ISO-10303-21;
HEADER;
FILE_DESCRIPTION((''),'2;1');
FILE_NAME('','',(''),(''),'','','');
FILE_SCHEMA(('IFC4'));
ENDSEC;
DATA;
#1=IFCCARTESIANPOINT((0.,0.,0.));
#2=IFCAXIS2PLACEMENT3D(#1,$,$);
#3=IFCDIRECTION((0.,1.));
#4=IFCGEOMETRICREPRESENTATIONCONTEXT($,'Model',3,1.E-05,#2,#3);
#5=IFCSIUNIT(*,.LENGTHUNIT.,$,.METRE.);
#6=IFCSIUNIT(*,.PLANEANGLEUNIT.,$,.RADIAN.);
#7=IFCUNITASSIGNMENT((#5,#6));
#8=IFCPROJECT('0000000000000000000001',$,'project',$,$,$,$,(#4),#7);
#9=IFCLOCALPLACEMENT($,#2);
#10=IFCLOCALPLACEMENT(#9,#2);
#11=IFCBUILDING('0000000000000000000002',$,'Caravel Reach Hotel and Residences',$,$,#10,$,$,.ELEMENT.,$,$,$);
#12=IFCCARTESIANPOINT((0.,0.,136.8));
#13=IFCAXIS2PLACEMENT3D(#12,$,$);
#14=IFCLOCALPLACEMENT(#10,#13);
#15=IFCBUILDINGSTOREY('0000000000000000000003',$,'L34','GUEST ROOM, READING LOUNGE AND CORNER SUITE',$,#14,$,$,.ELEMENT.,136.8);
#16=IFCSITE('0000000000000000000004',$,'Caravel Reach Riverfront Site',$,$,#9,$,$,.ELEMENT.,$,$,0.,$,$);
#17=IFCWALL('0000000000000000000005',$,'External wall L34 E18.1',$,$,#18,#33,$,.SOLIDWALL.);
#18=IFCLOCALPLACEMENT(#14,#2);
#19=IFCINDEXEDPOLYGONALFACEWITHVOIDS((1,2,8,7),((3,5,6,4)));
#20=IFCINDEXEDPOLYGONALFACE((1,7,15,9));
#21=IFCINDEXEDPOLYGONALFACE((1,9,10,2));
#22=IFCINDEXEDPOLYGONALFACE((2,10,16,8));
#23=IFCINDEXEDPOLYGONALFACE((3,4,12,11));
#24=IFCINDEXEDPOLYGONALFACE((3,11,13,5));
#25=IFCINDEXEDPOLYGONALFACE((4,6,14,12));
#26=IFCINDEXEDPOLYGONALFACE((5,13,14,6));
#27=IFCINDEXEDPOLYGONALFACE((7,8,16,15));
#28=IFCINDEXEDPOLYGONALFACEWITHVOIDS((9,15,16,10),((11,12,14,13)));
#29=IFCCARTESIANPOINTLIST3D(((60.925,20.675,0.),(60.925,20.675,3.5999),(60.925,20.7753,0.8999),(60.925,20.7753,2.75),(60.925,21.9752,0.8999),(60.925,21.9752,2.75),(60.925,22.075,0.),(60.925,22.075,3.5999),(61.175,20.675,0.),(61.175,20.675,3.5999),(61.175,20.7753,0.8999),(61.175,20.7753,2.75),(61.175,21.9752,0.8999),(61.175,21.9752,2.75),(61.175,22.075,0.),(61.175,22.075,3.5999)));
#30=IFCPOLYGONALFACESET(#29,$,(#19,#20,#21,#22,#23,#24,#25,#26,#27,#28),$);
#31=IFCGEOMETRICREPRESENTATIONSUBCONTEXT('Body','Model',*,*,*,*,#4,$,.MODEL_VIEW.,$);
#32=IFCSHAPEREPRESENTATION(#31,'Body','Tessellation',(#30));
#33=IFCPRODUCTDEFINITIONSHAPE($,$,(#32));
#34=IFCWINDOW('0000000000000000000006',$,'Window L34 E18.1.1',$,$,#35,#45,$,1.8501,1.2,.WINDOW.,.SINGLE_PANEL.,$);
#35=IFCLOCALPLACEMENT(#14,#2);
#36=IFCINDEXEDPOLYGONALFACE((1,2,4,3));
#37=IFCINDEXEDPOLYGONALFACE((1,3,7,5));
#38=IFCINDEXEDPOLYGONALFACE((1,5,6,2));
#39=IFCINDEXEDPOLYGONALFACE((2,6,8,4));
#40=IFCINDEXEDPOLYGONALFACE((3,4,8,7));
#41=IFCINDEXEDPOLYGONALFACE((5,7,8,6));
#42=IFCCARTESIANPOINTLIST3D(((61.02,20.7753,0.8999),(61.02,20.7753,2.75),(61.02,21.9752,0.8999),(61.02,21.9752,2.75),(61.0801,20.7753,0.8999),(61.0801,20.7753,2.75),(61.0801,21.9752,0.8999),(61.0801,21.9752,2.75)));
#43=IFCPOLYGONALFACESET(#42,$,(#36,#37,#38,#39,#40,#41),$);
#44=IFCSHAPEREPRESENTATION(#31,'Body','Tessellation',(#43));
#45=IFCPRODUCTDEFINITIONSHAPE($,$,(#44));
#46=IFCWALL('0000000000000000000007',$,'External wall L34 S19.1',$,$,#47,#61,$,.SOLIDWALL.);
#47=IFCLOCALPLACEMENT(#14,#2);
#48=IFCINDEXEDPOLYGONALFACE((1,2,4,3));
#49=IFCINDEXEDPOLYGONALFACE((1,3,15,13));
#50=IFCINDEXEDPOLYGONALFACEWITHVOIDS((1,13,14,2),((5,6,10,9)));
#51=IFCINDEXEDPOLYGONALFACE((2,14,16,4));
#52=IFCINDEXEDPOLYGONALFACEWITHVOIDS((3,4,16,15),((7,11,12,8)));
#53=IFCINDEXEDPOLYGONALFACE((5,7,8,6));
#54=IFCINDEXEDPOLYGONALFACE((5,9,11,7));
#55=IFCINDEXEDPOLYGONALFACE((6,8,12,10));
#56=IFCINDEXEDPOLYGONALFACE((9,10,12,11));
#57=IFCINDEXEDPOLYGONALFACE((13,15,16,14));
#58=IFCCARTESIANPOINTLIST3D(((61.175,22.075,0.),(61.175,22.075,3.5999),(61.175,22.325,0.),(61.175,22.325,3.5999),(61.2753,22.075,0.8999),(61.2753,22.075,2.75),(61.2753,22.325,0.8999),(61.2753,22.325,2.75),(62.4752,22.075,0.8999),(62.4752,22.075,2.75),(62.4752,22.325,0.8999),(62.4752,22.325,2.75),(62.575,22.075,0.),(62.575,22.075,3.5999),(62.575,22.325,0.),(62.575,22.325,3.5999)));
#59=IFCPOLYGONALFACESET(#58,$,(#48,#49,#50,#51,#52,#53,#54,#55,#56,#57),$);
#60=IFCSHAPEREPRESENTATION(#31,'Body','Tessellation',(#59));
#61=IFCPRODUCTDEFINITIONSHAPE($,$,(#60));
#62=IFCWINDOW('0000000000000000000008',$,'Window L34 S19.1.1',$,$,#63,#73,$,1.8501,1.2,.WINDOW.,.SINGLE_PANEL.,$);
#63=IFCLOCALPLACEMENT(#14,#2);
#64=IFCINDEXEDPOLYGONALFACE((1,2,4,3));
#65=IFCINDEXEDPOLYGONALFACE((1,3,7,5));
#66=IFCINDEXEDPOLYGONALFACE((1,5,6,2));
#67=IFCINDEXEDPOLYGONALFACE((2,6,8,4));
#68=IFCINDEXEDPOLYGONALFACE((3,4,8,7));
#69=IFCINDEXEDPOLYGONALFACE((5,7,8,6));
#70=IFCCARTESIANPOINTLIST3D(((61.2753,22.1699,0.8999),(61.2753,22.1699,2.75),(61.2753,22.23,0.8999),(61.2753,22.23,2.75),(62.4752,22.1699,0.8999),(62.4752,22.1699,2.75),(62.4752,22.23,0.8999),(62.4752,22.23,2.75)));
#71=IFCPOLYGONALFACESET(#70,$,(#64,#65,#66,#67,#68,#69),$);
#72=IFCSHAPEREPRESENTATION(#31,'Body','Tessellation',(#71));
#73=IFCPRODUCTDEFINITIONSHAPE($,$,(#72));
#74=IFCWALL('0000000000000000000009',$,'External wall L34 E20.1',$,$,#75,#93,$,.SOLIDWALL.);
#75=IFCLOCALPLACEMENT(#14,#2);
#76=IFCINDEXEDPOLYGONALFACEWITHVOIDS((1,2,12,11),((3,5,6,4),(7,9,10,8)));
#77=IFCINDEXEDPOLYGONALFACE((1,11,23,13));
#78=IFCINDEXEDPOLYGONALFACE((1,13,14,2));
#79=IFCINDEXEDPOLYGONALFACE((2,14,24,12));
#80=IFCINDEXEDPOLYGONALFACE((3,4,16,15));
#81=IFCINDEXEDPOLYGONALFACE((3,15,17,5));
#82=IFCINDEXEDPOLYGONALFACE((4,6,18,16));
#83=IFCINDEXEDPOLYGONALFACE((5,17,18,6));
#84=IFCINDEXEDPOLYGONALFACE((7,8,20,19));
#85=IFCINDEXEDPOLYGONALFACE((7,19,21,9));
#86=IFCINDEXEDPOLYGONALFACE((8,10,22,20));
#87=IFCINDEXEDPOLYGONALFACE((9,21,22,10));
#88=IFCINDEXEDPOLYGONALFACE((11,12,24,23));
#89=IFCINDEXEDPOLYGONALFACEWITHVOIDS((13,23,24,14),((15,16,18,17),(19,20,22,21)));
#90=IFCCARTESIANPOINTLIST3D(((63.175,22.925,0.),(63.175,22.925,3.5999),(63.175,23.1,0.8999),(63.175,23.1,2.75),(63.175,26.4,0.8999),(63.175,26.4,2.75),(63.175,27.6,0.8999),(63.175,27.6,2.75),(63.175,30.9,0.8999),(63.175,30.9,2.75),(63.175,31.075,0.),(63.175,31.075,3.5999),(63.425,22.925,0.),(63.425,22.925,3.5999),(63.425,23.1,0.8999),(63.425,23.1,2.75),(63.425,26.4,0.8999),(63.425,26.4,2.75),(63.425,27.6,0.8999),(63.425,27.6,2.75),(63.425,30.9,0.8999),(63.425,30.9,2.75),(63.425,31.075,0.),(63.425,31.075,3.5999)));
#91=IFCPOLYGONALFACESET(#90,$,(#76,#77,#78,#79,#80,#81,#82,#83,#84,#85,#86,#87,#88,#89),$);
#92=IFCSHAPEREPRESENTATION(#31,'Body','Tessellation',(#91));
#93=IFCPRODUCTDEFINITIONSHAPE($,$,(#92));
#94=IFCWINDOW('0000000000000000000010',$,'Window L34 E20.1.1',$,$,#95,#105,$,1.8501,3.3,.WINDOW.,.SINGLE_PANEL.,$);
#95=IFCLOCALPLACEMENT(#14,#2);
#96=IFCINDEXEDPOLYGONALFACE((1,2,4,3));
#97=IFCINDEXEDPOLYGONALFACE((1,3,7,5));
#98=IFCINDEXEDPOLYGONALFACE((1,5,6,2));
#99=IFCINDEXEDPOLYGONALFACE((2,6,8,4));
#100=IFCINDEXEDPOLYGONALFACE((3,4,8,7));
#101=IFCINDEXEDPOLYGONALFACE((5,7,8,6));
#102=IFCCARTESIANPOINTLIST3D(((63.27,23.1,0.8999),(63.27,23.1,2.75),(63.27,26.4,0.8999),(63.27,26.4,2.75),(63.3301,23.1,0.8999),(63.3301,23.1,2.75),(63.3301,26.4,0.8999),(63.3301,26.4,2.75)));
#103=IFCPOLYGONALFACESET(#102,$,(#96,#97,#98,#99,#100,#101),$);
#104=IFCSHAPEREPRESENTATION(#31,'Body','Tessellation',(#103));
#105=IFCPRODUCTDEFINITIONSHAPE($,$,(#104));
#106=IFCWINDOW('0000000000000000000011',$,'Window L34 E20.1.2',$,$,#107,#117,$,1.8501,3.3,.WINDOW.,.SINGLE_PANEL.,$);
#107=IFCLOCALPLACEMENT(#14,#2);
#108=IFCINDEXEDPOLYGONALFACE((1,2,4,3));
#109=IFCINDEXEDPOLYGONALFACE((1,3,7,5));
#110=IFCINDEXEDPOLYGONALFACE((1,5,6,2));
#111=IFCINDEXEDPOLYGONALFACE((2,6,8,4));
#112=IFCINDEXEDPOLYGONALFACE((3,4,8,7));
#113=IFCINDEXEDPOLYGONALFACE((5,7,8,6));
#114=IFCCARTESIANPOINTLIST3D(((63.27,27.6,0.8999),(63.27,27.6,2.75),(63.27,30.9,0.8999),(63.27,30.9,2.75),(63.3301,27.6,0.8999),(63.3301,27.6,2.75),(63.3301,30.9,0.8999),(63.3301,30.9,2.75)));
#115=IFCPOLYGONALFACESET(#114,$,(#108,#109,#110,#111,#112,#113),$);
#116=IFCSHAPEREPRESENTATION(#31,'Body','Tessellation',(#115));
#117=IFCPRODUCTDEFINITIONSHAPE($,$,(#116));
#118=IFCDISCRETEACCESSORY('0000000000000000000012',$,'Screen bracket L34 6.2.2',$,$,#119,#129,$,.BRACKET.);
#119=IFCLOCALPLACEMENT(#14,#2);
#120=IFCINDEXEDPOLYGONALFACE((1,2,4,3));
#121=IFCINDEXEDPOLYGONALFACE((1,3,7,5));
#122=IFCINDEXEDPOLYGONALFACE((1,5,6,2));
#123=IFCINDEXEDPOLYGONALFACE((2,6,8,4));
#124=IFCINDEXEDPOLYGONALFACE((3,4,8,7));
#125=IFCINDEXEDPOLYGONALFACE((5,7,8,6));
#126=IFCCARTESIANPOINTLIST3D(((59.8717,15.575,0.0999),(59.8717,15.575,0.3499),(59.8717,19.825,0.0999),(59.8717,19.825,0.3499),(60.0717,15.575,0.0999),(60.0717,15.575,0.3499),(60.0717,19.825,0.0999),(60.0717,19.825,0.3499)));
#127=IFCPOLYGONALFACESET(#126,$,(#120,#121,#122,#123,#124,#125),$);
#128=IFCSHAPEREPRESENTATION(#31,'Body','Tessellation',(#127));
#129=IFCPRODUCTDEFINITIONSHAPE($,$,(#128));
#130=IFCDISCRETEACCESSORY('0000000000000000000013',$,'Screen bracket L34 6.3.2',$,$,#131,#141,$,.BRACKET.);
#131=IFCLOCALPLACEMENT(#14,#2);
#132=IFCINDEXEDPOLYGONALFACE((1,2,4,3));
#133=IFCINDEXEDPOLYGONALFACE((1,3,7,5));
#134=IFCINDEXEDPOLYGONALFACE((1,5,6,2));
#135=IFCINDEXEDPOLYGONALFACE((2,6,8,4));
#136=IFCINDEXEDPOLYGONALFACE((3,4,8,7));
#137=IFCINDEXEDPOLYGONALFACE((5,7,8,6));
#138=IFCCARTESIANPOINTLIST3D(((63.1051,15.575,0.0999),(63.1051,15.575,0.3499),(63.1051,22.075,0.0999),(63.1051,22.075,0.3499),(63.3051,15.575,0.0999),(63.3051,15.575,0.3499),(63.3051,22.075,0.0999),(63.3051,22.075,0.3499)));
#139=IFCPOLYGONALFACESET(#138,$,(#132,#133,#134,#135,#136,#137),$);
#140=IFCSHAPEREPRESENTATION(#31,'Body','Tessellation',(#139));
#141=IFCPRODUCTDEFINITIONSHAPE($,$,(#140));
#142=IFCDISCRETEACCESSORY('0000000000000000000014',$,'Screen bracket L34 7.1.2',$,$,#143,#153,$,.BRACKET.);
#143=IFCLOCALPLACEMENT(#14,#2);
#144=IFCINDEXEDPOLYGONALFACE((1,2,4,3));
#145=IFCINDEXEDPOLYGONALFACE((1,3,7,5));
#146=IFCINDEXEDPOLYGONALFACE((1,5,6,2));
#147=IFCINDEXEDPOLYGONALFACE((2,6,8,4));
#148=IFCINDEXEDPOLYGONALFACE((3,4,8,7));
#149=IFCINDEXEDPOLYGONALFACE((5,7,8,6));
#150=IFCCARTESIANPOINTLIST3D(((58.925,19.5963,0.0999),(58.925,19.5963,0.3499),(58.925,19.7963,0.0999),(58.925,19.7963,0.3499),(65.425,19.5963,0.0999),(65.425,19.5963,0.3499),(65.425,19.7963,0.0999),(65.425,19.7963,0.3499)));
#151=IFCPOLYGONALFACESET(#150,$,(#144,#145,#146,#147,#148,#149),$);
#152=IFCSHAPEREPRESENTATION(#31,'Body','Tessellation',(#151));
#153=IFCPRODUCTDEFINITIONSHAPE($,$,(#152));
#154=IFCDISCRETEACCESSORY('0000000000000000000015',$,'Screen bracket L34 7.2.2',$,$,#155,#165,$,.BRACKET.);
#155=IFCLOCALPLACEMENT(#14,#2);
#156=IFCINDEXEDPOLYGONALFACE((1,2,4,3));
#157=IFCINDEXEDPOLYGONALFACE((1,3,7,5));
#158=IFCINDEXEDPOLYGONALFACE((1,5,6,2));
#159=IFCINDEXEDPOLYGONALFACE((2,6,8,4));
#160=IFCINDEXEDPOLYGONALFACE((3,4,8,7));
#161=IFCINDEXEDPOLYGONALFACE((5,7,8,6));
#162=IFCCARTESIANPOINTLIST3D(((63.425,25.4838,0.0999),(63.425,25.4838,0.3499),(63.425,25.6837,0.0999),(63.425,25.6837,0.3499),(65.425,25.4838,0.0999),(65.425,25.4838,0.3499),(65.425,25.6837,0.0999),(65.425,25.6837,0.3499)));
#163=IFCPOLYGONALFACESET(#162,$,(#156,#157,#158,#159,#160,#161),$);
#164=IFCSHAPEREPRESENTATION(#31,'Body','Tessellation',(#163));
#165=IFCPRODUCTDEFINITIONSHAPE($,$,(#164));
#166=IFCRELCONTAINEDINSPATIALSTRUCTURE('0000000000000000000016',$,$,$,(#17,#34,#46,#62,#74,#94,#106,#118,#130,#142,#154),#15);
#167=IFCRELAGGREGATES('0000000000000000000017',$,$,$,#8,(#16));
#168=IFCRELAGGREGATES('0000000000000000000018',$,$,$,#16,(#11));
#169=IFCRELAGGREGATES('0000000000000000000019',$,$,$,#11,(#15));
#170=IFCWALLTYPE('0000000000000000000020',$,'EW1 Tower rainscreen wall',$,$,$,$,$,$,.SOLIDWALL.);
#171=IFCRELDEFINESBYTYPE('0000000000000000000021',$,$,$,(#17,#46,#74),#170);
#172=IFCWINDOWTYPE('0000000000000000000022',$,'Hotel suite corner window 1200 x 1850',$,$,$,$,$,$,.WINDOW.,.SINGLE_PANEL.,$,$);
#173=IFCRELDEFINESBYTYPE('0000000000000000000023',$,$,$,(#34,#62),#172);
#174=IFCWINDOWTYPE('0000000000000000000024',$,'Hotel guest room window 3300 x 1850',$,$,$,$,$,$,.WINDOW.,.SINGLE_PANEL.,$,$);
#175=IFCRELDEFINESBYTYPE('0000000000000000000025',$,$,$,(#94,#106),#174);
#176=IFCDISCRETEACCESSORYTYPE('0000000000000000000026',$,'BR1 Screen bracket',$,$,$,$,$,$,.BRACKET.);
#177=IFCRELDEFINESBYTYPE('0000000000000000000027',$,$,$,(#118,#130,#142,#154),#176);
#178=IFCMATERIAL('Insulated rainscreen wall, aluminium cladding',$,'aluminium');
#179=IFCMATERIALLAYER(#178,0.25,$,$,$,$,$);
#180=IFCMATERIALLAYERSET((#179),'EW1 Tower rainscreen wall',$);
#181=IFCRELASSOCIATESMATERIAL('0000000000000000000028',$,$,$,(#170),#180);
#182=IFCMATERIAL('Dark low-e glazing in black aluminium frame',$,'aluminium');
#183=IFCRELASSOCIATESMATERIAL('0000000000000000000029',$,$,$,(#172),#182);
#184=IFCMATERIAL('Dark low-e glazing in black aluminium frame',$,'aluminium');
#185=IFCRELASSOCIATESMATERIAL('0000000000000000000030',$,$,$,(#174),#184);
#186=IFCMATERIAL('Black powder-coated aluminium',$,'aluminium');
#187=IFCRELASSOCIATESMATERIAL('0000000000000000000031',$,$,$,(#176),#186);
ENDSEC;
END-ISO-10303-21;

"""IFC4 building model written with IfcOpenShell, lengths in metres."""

from ifc_helpers import new_model, si_unit, direction, frame, frame_2d, origin, origin_2d, place, context, subcontext, project, spatial, rectangle, extrude, material, layer, layer_set, type_object, element, fill, save


model = new_model("IFC4")

# Units and contexts
model_context = context("Model", 3, precision=1e-05, world=origin(), true_north=direction((0.0, 1.0)))
body_context = subcontext(model_context, "Body", "Model", "MODEL_VIEW")
ifc_project = project(units=[si_unit("LENGTHUNIT", "METRE"), si_unit("PLANEANGLEUNIT", "RADIAN")], contexts=[model_context])

# Site, building, storey
site_placement = place(None, origin())
site = spatial("IfcSite", under=ifc_project, at=site_placement, Name="Caravel Reach Riverfront Site", CompositionType="ELEMENT", RefElevation=0.0)
building_placement = place(site_placement, origin())
building = spatial("IfcBuilding", under=site, at=building_placement, Name="Caravel Reach Hotel and Residences", CompositionType="ELEMENT")
storey_placement = place(building_placement, frame((0.0, 0.0, 136.8)))
storey = spatial("IfcBuildingStorey", under=building, at=storey_placement, Name="L34", Description="GUEST ROOM, READING LOUNGE AND CORNER SUITE", CompositionType="ELEMENT", Elevation=136.8)

# Walls, openings, windows
ifc_material_1 = material(Name="Insulated rainscreen wall, aluminium cladding", Category="aluminium")
ifc_layer = layer(ifc_material_1, 0.25)
ifc_layer_set = layer_set([ifc_layer], Name="EW1 Tower rainscreen wall")
wall_type = type_object("IfcWallType", Name="EW1 Tower rainscreen wall", PredefinedType="SOLIDWALL", material=ifc_layer_set)
wall_1_placement = place(storey_placement, frame((61.05, 20.675, 0.0), z_axis=(0.0, 0.0, 1.0), x_axis=(0.0, 1.0, 0.0)))
wall_1 = element("IfcWall", 1, at=wall_1_placement, inside=storey, type_object=wall_type, Name="External wall L34 E18.1", PredefinedType="SOLIDWALL", context=body_context, shape_type="SweptSolid", body=[
    extrude(rectangle(XDim=1.3999, YDim=0.25, at=frame_2d((0.7, 0.0))), origin(), (0.0, 0.0, 1.0), 3.5999),
])
opening_1_placement = place(wall_1_placement, frame((0.1001, 0.0, 0.8999)))
opening_1 = element("IfcOpeningElement", 2, at=opening_1_placement, cuts=wall_1, PredefinedType="OPENING", context=body_context, shape_type="SweptSolid", body=[
    extrude(rectangle(XDim=1.2, YDim=1.8501, at=frame_2d((0.6001, 0.925))), frame((0.0, 0.135, 0.0), z_axis=(0.0, -1.0, 0.0), x_axis=(1.0, 0.0, 0.0)), (0.0, 0.0, 1.0), 0.27),
])
ifc_material_2 = material(Name="Dark low-e glazing in black aluminium frame", Category="aluminium")
window_type_1 = type_object("IfcWindowType", Name="Hotel suite corner window 1200 x 1850", PartitioningType="SINGLE_PANEL", PredefinedType="WINDOW", material=ifc_material_2)
window_1_placement = place(opening_1_placement, origin())
window_1 = element("IfcWindow", 3, at=window_1_placement, inside=storey, type_object=window_type_1, Name="Window L34 E18.1.1", OverallHeight=1.8501, OverallWidth=1.2, PartitioningType="SINGLE_PANEL", PredefinedType="WINDOW", context=body_context, shape_type="SweptSolid", body=[
    extrude(rectangle(XDim=1.2, YDim=1.8501, at=frame_2d((0.6001, 0.925))), frame((0.0, 0.03, 0.0), z_axis=(0.0, -1.0, 0.0), x_axis=(1.0, 0.0, 0.0)), (0.0, 0.0, 1.0), 0.0601),
])
fill(opening_1, window_1)
wall_2_placement = place(storey_placement, frame((61.175, 22.2, 0.0), z_axis=(0.0, 0.0, 1.0), x_axis=(1.0, 0.0, 0.0)))
wall_2 = element("IfcWall", 4, at=wall_2_placement, inside=storey, type_object=wall_type, Name="External wall L34 S19.1", PredefinedType="SOLIDWALL", context=body_context, shape_type="SweptSolid", body=[
    extrude(rectangle(XDim=1.3999, YDim=0.25, at=frame_2d((0.7, 0.0))), origin(), (0.0, 0.0, 1.0), 3.5999),
])
opening_2_placement = place(wall_2_placement, frame((0.1001, 0.0, 0.8999)))
opening_2 = element("IfcOpeningElement", 5, at=opening_2_placement, cuts=wall_2, PredefinedType="OPENING", context=body_context, shape_type="SweptSolid", body=[
    extrude(rectangle(XDim=1.2, YDim=1.8501, at=frame_2d((0.6001, 0.925))), frame((0.0, 0.135, 0.0), z_axis=(0.0, -1.0, 0.0), x_axis=(1.0, 0.0, 0.0)), (0.0, 0.0, 1.0), 0.27),
])
window_2_placement = place(opening_2_placement, origin())
window_2 = element("IfcWindow", 6, at=window_2_placement, inside=storey, type_object=window_type_1, Name="Window L34 S19.1.1", OverallHeight=1.8501, OverallWidth=1.2, PartitioningType="SINGLE_PANEL", PredefinedType="WINDOW", context=body_context, shape_type="SweptSolid", body=[
    extrude(rectangle(XDim=1.2, YDim=1.8501, at=frame_2d((0.6001, 0.925))), frame((0.0, 0.03, 0.0), z_axis=(0.0, -1.0, 0.0), x_axis=(1.0, 0.0, 0.0)), (0.0, 0.0, 1.0), 0.0601),
])
fill(opening_2, window_2)

# Wall, openings, windows
wall_3_placement = place(storey_placement, frame((63.3, 22.925, 0.0), z_axis=(0.0, 0.0, 1.0), x_axis=(0.0, 1.0, 0.0)))
wall_3 = element("IfcWall", 7, at=wall_3_placement, inside=storey, type_object=wall_type, Name="External wall L34 E20.1", PredefinedType="SOLIDWALL", context=body_context, shape_type="SweptSolid", body=[
    extrude(rectangle(XDim=8.1499, YDim=0.25, at=frame_2d((4.075, 0.0))), origin(), (0.0, 0.0, 1.0), 3.5999),
])
opening_3_placement = place(wall_3_placement, frame((0.175, 0.0, 0.8999)))
opening_3 = element("IfcOpeningElement", 8, at=opening_3_placement, cuts=wall_3, PredefinedType="OPENING", context=body_context, shape_type="SweptSolid", body=[
    extrude(rectangle(XDim=3.3, YDim=1.8501, at=frame_2d((1.6499, 0.925))), frame((0.0, 0.135, 0.0), z_axis=(0.0, -1.0, 0.0), x_axis=(1.0, 0.0, 0.0)), (0.0, 0.0, 1.0), 0.27),
])
opening_4_placement = place(wall_3_placement, frame((4.675, 0.0, 0.8999)))
opening_4 = element("IfcOpeningElement", 9, at=opening_4_placement, cuts=wall_3, PredefinedType="OPENING", context=body_context, shape_type="SweptSolid", body=[
    extrude(rectangle(XDim=3.3, YDim=1.8501, at=frame_2d((1.6499, 0.925))), frame((0.0, 0.135, 0.0), z_axis=(0.0, -1.0, 0.0), x_axis=(1.0, 0.0, 0.0)), (0.0, 0.0, 1.0), 0.27),
])
ifc_material_3 = material(Name="Dark low-e glazing in black aluminium frame", Category="aluminium")
window_type_2 = type_object("IfcWindowType", Name="Hotel guest room window 3300 x 1850", PartitioningType="SINGLE_PANEL", PredefinedType="WINDOW", material=ifc_material_3)
window_3_placement = place(opening_3_placement, origin())
window_3 = element("IfcWindow", 10, at=window_3_placement, inside=storey, type_object=window_type_2, Name="Window L34 E20.1.1", OverallHeight=1.8501, OverallWidth=3.3, PartitioningType="SINGLE_PANEL", PredefinedType="WINDOW", context=body_context, shape_type="SweptSolid", body=[
    extrude(rectangle(XDim=3.3, YDim=1.8501, at=frame_2d((1.6499, 0.925))), frame((0.0, 0.03, 0.0), z_axis=(0.0, -1.0, 0.0), x_axis=(1.0, 0.0, 0.0)), (0.0, 0.0, 1.0), 0.0601),
])
fill(opening_3, window_3)
window_4_placement = place(opening_4_placement, origin())
window_4 = element("IfcWindow", 11, at=window_4_placement, inside=storey, type_object=window_type_2, Name="Window L34 E20.1.2", OverallHeight=1.8501, OverallWidth=3.3, PartitioningType="SINGLE_PANEL", PredefinedType="WINDOW", context=body_context, shape_type="SweptSolid", body=[
    extrude(rectangle(XDim=3.3, YDim=1.8501, at=frame_2d((1.6499, 0.925))), frame((0.0, 0.03, 0.0), z_axis=(0.0, -1.0, 0.0), x_axis=(1.0, 0.0, 0.0)), (0.0, 0.0, 1.0), 0.0601),
])
fill(opening_4, window_4)

# Discrete accessories
ifc_material_4 = material(Name="Black powder-coated aluminium", Category="aluminium")
discrete_accessory_type = type_object("IfcDiscreteAccessoryType", Name="BR1 Screen bracket", PredefinedType="BRACKET", material=ifc_material_4)
discrete_accessory_1_placement = place(storey_placement, frame((59.9717, 17.7, 0.0999), z_axis=(0.0, 0.0, 1.0), x_axis=(0.0, -1.0, 0.0)))
element("IfcDiscreteAccessory", 12, at=discrete_accessory_1_placement, inside=storey, type_object=discrete_accessory_type, Name="Screen bracket L34 6.2.2", PredefinedType="BRACKET", context=body_context, shape_type="SweptSolid", body=[
    extrude(rectangle(XDim=4.25, YDim=0.2, at=origin_2d()), origin(), (0.0, 0.0, 1.0), 0.25),
])
for number, where, z_axis, x_axis, name in (
    (13, (63.2051, 18.825, 0.0999), (0.0, 0.0, 1.0), (0.0, -1.0, 0.0), "Screen bracket L34 6.3.2"),
    (14, (62.175, 19.6963, 0.0999), (0.0, 0.0, 1.0), (1.0, 0.0, 0.0), "Screen bracket L34 7.1.2"),
):
    element("IfcDiscreteAccessory", number, at=place(storey_placement, frame(where, z_axis=z_axis, x_axis=x_axis)), inside=storey, type_object=discrete_accessory_type, Name=name, PredefinedType="BRACKET", context=body_context, shape_type="SweptSolid", body=[
        extrude(rectangle(XDim=6.5, YDim=0.2, at=origin_2d()), origin(), (0.0, 0.0, 1.0), 0.25),
    ])
discrete_accessory_2_placement = place(storey_placement, frame((64.425, 25.5837, 0.0999), z_axis=(0.0, 0.0, 1.0), x_axis=(1.0, 0.0, 0.0)))
element("IfcDiscreteAccessory", 15, at=discrete_accessory_2_placement, inside=storey, type_object=discrete_accessory_type, Name="Screen bracket L34 7.2.2", PredefinedType="BRACKET", context=body_context, shape_type="SweptSolid", body=[
    extrude(rectangle(XDim=2.0, YDim=0.2, at=origin_2d()), origin(), (0.0, 0.0, 1.0), 0.25),
])

save(model, "model.ifc")
